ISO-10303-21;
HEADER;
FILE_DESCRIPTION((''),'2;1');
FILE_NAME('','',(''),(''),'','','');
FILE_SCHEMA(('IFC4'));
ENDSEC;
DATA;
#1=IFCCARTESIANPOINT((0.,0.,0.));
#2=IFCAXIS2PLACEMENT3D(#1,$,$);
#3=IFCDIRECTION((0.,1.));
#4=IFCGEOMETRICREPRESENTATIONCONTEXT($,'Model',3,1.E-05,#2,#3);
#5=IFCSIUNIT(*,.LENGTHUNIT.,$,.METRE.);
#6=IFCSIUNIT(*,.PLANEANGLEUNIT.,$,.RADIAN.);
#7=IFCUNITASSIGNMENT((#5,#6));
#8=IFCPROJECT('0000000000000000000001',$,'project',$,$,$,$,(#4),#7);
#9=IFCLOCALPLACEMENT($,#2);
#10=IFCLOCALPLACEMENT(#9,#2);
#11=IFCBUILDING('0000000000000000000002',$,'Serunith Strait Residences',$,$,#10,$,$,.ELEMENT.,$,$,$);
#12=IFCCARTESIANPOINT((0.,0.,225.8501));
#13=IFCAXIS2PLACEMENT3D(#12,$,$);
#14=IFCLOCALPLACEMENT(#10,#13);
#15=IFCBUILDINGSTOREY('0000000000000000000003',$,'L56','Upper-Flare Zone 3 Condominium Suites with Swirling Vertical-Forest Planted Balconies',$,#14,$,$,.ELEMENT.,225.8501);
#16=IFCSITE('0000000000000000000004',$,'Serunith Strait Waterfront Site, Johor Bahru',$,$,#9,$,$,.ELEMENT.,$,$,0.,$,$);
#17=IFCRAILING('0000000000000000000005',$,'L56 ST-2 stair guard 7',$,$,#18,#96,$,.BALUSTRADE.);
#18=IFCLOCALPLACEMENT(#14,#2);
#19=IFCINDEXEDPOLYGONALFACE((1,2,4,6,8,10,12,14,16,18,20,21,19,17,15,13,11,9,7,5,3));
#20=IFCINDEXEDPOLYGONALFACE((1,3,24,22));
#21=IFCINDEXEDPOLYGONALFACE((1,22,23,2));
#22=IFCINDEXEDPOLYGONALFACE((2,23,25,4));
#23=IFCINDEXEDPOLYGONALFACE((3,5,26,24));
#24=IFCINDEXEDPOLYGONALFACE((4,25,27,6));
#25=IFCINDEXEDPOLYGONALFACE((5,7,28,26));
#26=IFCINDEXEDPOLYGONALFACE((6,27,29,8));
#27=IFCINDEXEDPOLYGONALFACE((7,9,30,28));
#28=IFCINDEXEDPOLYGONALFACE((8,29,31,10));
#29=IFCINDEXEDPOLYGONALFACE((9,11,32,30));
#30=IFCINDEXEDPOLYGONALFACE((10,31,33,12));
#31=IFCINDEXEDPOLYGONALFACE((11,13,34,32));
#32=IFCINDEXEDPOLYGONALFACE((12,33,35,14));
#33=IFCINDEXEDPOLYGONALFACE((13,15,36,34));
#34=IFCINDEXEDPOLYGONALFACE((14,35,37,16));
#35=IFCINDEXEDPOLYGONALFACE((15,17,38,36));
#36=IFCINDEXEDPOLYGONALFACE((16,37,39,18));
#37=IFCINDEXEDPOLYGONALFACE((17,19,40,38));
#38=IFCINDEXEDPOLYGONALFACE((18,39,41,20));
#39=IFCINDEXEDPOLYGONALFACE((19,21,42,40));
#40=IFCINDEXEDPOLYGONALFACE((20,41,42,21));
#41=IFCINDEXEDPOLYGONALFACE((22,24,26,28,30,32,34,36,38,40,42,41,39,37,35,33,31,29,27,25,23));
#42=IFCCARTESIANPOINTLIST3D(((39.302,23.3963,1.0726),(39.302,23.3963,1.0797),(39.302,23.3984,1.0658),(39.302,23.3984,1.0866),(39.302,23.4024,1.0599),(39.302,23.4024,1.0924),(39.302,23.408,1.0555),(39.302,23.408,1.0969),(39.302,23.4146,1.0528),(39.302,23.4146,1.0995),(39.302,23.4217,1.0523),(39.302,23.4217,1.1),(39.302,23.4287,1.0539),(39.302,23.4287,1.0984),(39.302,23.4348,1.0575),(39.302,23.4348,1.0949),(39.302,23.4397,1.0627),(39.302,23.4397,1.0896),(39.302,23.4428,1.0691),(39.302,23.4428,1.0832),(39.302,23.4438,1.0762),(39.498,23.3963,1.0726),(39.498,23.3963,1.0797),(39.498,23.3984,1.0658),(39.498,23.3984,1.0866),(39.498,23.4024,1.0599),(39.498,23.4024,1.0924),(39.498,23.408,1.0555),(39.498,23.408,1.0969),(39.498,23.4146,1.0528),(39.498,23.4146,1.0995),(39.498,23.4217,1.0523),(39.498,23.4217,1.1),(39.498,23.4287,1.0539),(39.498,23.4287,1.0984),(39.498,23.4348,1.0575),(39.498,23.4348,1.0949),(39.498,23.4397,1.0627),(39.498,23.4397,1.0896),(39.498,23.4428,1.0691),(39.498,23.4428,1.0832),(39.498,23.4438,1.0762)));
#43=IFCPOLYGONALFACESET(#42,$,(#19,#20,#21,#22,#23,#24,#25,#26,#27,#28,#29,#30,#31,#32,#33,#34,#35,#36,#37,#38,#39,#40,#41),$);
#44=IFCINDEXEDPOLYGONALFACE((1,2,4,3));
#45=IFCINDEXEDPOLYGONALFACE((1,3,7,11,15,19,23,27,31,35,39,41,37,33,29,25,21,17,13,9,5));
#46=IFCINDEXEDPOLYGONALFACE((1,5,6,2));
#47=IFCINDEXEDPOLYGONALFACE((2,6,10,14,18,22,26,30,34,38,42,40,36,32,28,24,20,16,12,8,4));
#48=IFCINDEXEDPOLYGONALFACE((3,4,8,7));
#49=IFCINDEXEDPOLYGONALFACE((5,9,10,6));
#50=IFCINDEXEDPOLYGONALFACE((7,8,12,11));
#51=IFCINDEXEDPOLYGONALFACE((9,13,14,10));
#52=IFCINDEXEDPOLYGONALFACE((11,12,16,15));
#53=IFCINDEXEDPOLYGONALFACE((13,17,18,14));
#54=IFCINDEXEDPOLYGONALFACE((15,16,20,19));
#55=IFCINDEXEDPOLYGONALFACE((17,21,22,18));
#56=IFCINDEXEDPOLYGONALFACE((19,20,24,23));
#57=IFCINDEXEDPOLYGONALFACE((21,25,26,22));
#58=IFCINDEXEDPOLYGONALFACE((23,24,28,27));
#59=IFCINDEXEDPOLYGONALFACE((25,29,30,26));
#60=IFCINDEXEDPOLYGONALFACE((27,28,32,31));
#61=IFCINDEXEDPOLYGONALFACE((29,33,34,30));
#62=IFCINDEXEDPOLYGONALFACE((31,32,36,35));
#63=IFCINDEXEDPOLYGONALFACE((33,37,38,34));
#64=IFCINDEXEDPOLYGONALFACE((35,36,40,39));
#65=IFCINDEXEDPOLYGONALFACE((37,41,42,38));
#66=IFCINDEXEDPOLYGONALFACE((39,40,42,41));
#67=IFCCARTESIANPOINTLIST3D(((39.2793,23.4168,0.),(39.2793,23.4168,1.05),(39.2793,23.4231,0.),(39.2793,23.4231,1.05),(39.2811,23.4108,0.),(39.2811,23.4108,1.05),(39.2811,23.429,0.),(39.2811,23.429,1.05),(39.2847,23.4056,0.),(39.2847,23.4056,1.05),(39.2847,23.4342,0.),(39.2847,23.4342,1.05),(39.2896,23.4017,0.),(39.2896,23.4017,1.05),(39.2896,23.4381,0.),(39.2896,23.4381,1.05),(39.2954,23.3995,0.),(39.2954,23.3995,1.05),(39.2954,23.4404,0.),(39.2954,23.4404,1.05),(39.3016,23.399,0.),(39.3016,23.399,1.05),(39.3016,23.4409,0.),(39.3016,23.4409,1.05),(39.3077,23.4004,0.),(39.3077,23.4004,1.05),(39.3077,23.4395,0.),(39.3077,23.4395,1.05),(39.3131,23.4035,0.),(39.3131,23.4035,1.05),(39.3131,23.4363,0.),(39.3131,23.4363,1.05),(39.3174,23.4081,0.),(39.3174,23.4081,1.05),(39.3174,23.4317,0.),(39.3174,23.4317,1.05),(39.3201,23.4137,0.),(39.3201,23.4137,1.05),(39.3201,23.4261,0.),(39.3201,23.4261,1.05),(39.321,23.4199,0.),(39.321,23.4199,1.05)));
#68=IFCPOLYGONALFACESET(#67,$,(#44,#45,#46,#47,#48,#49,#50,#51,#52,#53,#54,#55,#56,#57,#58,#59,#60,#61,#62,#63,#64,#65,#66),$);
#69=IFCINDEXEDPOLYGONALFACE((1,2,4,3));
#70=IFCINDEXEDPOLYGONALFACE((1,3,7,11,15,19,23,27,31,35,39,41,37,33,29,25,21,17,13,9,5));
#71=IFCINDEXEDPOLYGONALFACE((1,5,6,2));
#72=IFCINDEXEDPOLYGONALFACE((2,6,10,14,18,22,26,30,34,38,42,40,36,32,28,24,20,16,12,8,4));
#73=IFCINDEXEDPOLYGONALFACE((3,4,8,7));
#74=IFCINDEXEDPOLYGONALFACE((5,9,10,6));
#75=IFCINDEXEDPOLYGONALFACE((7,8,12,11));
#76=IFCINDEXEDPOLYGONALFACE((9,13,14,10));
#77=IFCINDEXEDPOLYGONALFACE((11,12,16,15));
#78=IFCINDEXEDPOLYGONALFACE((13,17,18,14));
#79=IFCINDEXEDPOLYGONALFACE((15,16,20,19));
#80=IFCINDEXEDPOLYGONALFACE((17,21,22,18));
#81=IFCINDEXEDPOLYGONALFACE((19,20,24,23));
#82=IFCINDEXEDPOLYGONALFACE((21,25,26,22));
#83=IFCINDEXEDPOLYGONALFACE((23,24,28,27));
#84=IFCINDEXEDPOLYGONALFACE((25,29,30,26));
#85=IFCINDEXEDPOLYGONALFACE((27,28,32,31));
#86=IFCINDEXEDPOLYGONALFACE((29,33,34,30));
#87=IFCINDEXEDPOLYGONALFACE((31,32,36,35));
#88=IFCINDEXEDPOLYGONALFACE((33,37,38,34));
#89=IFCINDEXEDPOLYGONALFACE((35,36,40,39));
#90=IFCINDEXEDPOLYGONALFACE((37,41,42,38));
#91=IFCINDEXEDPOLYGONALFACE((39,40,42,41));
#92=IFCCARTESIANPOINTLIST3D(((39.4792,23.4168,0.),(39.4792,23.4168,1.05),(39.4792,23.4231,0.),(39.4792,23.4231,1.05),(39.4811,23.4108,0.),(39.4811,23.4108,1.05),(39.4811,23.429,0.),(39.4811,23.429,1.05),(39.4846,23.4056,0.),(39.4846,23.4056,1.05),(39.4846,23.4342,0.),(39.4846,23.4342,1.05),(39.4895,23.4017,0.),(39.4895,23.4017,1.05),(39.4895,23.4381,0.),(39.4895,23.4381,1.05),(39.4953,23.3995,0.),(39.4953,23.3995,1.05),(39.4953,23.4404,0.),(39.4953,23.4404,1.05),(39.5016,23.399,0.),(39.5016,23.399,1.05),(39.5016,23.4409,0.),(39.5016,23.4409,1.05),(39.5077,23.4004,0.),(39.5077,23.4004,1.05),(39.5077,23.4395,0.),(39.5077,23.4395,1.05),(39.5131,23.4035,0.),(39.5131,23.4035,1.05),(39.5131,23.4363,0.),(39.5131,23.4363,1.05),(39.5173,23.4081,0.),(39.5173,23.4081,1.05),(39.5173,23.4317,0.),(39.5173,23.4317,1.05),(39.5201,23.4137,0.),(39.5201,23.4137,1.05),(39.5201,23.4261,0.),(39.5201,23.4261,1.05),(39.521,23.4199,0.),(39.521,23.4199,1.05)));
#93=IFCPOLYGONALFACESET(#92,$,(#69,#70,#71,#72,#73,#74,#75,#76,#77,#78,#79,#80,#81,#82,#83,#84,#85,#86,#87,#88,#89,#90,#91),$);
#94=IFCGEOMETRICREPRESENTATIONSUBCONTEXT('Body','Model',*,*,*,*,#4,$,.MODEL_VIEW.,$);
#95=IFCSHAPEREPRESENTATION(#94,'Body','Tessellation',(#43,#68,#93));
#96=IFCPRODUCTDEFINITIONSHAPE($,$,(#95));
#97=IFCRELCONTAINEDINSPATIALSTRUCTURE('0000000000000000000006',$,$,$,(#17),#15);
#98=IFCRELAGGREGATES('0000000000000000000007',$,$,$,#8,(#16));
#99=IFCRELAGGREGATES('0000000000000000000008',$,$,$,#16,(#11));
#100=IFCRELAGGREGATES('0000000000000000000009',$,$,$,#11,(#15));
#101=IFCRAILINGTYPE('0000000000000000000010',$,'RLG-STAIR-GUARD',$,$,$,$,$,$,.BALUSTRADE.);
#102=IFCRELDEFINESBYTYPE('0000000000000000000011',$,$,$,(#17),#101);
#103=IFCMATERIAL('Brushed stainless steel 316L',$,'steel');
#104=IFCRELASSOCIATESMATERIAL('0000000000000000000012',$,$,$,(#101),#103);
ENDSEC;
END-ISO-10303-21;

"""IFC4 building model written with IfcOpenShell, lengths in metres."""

from ifc_helpers import new_model, si_unit, direction, frame, origin, origin_2d, place, context, subcontext, project, spatial, circle, extrude, material, type_object, element, save


model = new_model("IFC4")

# Units and contexts
model_context = context("Model", 3, precision=1e-05, world=origin(), true_north=direction((0.0, 1.0)))
body_context = subcontext(model_context, "Body", "Model", "MODEL_VIEW")
ifc_project = project(units=[si_unit("LENGTHUNIT", "METRE"), si_unit("PLANEANGLEUNIT", "RADIAN")], contexts=[model_context])

# Site, building, storey
site_placement = place(None, origin())
site = spatial("IfcSite", under=ifc_project, at=site_placement, Name="Serunith Strait Waterfront Site, Johor Bahru", CompositionType="ELEMENT", RefElevation=0.0)
building_placement = place(site_placement, origin())
building = spatial("IfcBuilding", under=site, at=building_placement, Name="Serunith Strait Residences", CompositionType="ELEMENT")
storey_placement = place(building_placement, frame((0.0, 0.0, 225.8501)))
storey = spatial("IfcBuildingStorey", under=building, at=storey_placement, Name="L56", Description="Upper-Flare Zone 3 Condominium Suites with Swirling Vertical-Forest Planted Balconies", CompositionType="ELEMENT", Elevation=225.8501)

# Railing
ifc_material_1 = material(Name="Brushed stainless steel 316L", Category="steel")
railing_type_1 = type_object("IfcRailingType", Name="RLG-STAIR-GUARD", PredefinedType="BALUSTRADE", material=ifc_material_1)
railing_1_placement = place(storey_placement, frame((39.3, 23.4199, 0.0)))
element("IfcRailing", 1, at=railing_1_placement, inside=storey, type_object=railing_type_1, Name="L56 ST-2 stair guard 7", PredefinedType="BALUSTRADE", context=body_context, shape_type="SweptSolid", body=[
    extrude(circle(Radius=0.0239, at=origin_2d()), frame((0.002, 0.0, 1.0762), z_axis=(1.0, 0.0, 0.0), x_axis=(0.0, 1.0, 0.0)), (0.0, 0.0, 1.0), 0.196),
    extrude(circle(Radius=0.021, at=origin_2d()), origin(), (0.0, 0.0, 1.0), 1.05),
    extrude(circle(Radius=0.021, at=origin_2d()), frame((0.2, 0.0, 0.0)), (0.0, 0.0, 1.0), 1.05),
])

save(model, "model.ifc")
